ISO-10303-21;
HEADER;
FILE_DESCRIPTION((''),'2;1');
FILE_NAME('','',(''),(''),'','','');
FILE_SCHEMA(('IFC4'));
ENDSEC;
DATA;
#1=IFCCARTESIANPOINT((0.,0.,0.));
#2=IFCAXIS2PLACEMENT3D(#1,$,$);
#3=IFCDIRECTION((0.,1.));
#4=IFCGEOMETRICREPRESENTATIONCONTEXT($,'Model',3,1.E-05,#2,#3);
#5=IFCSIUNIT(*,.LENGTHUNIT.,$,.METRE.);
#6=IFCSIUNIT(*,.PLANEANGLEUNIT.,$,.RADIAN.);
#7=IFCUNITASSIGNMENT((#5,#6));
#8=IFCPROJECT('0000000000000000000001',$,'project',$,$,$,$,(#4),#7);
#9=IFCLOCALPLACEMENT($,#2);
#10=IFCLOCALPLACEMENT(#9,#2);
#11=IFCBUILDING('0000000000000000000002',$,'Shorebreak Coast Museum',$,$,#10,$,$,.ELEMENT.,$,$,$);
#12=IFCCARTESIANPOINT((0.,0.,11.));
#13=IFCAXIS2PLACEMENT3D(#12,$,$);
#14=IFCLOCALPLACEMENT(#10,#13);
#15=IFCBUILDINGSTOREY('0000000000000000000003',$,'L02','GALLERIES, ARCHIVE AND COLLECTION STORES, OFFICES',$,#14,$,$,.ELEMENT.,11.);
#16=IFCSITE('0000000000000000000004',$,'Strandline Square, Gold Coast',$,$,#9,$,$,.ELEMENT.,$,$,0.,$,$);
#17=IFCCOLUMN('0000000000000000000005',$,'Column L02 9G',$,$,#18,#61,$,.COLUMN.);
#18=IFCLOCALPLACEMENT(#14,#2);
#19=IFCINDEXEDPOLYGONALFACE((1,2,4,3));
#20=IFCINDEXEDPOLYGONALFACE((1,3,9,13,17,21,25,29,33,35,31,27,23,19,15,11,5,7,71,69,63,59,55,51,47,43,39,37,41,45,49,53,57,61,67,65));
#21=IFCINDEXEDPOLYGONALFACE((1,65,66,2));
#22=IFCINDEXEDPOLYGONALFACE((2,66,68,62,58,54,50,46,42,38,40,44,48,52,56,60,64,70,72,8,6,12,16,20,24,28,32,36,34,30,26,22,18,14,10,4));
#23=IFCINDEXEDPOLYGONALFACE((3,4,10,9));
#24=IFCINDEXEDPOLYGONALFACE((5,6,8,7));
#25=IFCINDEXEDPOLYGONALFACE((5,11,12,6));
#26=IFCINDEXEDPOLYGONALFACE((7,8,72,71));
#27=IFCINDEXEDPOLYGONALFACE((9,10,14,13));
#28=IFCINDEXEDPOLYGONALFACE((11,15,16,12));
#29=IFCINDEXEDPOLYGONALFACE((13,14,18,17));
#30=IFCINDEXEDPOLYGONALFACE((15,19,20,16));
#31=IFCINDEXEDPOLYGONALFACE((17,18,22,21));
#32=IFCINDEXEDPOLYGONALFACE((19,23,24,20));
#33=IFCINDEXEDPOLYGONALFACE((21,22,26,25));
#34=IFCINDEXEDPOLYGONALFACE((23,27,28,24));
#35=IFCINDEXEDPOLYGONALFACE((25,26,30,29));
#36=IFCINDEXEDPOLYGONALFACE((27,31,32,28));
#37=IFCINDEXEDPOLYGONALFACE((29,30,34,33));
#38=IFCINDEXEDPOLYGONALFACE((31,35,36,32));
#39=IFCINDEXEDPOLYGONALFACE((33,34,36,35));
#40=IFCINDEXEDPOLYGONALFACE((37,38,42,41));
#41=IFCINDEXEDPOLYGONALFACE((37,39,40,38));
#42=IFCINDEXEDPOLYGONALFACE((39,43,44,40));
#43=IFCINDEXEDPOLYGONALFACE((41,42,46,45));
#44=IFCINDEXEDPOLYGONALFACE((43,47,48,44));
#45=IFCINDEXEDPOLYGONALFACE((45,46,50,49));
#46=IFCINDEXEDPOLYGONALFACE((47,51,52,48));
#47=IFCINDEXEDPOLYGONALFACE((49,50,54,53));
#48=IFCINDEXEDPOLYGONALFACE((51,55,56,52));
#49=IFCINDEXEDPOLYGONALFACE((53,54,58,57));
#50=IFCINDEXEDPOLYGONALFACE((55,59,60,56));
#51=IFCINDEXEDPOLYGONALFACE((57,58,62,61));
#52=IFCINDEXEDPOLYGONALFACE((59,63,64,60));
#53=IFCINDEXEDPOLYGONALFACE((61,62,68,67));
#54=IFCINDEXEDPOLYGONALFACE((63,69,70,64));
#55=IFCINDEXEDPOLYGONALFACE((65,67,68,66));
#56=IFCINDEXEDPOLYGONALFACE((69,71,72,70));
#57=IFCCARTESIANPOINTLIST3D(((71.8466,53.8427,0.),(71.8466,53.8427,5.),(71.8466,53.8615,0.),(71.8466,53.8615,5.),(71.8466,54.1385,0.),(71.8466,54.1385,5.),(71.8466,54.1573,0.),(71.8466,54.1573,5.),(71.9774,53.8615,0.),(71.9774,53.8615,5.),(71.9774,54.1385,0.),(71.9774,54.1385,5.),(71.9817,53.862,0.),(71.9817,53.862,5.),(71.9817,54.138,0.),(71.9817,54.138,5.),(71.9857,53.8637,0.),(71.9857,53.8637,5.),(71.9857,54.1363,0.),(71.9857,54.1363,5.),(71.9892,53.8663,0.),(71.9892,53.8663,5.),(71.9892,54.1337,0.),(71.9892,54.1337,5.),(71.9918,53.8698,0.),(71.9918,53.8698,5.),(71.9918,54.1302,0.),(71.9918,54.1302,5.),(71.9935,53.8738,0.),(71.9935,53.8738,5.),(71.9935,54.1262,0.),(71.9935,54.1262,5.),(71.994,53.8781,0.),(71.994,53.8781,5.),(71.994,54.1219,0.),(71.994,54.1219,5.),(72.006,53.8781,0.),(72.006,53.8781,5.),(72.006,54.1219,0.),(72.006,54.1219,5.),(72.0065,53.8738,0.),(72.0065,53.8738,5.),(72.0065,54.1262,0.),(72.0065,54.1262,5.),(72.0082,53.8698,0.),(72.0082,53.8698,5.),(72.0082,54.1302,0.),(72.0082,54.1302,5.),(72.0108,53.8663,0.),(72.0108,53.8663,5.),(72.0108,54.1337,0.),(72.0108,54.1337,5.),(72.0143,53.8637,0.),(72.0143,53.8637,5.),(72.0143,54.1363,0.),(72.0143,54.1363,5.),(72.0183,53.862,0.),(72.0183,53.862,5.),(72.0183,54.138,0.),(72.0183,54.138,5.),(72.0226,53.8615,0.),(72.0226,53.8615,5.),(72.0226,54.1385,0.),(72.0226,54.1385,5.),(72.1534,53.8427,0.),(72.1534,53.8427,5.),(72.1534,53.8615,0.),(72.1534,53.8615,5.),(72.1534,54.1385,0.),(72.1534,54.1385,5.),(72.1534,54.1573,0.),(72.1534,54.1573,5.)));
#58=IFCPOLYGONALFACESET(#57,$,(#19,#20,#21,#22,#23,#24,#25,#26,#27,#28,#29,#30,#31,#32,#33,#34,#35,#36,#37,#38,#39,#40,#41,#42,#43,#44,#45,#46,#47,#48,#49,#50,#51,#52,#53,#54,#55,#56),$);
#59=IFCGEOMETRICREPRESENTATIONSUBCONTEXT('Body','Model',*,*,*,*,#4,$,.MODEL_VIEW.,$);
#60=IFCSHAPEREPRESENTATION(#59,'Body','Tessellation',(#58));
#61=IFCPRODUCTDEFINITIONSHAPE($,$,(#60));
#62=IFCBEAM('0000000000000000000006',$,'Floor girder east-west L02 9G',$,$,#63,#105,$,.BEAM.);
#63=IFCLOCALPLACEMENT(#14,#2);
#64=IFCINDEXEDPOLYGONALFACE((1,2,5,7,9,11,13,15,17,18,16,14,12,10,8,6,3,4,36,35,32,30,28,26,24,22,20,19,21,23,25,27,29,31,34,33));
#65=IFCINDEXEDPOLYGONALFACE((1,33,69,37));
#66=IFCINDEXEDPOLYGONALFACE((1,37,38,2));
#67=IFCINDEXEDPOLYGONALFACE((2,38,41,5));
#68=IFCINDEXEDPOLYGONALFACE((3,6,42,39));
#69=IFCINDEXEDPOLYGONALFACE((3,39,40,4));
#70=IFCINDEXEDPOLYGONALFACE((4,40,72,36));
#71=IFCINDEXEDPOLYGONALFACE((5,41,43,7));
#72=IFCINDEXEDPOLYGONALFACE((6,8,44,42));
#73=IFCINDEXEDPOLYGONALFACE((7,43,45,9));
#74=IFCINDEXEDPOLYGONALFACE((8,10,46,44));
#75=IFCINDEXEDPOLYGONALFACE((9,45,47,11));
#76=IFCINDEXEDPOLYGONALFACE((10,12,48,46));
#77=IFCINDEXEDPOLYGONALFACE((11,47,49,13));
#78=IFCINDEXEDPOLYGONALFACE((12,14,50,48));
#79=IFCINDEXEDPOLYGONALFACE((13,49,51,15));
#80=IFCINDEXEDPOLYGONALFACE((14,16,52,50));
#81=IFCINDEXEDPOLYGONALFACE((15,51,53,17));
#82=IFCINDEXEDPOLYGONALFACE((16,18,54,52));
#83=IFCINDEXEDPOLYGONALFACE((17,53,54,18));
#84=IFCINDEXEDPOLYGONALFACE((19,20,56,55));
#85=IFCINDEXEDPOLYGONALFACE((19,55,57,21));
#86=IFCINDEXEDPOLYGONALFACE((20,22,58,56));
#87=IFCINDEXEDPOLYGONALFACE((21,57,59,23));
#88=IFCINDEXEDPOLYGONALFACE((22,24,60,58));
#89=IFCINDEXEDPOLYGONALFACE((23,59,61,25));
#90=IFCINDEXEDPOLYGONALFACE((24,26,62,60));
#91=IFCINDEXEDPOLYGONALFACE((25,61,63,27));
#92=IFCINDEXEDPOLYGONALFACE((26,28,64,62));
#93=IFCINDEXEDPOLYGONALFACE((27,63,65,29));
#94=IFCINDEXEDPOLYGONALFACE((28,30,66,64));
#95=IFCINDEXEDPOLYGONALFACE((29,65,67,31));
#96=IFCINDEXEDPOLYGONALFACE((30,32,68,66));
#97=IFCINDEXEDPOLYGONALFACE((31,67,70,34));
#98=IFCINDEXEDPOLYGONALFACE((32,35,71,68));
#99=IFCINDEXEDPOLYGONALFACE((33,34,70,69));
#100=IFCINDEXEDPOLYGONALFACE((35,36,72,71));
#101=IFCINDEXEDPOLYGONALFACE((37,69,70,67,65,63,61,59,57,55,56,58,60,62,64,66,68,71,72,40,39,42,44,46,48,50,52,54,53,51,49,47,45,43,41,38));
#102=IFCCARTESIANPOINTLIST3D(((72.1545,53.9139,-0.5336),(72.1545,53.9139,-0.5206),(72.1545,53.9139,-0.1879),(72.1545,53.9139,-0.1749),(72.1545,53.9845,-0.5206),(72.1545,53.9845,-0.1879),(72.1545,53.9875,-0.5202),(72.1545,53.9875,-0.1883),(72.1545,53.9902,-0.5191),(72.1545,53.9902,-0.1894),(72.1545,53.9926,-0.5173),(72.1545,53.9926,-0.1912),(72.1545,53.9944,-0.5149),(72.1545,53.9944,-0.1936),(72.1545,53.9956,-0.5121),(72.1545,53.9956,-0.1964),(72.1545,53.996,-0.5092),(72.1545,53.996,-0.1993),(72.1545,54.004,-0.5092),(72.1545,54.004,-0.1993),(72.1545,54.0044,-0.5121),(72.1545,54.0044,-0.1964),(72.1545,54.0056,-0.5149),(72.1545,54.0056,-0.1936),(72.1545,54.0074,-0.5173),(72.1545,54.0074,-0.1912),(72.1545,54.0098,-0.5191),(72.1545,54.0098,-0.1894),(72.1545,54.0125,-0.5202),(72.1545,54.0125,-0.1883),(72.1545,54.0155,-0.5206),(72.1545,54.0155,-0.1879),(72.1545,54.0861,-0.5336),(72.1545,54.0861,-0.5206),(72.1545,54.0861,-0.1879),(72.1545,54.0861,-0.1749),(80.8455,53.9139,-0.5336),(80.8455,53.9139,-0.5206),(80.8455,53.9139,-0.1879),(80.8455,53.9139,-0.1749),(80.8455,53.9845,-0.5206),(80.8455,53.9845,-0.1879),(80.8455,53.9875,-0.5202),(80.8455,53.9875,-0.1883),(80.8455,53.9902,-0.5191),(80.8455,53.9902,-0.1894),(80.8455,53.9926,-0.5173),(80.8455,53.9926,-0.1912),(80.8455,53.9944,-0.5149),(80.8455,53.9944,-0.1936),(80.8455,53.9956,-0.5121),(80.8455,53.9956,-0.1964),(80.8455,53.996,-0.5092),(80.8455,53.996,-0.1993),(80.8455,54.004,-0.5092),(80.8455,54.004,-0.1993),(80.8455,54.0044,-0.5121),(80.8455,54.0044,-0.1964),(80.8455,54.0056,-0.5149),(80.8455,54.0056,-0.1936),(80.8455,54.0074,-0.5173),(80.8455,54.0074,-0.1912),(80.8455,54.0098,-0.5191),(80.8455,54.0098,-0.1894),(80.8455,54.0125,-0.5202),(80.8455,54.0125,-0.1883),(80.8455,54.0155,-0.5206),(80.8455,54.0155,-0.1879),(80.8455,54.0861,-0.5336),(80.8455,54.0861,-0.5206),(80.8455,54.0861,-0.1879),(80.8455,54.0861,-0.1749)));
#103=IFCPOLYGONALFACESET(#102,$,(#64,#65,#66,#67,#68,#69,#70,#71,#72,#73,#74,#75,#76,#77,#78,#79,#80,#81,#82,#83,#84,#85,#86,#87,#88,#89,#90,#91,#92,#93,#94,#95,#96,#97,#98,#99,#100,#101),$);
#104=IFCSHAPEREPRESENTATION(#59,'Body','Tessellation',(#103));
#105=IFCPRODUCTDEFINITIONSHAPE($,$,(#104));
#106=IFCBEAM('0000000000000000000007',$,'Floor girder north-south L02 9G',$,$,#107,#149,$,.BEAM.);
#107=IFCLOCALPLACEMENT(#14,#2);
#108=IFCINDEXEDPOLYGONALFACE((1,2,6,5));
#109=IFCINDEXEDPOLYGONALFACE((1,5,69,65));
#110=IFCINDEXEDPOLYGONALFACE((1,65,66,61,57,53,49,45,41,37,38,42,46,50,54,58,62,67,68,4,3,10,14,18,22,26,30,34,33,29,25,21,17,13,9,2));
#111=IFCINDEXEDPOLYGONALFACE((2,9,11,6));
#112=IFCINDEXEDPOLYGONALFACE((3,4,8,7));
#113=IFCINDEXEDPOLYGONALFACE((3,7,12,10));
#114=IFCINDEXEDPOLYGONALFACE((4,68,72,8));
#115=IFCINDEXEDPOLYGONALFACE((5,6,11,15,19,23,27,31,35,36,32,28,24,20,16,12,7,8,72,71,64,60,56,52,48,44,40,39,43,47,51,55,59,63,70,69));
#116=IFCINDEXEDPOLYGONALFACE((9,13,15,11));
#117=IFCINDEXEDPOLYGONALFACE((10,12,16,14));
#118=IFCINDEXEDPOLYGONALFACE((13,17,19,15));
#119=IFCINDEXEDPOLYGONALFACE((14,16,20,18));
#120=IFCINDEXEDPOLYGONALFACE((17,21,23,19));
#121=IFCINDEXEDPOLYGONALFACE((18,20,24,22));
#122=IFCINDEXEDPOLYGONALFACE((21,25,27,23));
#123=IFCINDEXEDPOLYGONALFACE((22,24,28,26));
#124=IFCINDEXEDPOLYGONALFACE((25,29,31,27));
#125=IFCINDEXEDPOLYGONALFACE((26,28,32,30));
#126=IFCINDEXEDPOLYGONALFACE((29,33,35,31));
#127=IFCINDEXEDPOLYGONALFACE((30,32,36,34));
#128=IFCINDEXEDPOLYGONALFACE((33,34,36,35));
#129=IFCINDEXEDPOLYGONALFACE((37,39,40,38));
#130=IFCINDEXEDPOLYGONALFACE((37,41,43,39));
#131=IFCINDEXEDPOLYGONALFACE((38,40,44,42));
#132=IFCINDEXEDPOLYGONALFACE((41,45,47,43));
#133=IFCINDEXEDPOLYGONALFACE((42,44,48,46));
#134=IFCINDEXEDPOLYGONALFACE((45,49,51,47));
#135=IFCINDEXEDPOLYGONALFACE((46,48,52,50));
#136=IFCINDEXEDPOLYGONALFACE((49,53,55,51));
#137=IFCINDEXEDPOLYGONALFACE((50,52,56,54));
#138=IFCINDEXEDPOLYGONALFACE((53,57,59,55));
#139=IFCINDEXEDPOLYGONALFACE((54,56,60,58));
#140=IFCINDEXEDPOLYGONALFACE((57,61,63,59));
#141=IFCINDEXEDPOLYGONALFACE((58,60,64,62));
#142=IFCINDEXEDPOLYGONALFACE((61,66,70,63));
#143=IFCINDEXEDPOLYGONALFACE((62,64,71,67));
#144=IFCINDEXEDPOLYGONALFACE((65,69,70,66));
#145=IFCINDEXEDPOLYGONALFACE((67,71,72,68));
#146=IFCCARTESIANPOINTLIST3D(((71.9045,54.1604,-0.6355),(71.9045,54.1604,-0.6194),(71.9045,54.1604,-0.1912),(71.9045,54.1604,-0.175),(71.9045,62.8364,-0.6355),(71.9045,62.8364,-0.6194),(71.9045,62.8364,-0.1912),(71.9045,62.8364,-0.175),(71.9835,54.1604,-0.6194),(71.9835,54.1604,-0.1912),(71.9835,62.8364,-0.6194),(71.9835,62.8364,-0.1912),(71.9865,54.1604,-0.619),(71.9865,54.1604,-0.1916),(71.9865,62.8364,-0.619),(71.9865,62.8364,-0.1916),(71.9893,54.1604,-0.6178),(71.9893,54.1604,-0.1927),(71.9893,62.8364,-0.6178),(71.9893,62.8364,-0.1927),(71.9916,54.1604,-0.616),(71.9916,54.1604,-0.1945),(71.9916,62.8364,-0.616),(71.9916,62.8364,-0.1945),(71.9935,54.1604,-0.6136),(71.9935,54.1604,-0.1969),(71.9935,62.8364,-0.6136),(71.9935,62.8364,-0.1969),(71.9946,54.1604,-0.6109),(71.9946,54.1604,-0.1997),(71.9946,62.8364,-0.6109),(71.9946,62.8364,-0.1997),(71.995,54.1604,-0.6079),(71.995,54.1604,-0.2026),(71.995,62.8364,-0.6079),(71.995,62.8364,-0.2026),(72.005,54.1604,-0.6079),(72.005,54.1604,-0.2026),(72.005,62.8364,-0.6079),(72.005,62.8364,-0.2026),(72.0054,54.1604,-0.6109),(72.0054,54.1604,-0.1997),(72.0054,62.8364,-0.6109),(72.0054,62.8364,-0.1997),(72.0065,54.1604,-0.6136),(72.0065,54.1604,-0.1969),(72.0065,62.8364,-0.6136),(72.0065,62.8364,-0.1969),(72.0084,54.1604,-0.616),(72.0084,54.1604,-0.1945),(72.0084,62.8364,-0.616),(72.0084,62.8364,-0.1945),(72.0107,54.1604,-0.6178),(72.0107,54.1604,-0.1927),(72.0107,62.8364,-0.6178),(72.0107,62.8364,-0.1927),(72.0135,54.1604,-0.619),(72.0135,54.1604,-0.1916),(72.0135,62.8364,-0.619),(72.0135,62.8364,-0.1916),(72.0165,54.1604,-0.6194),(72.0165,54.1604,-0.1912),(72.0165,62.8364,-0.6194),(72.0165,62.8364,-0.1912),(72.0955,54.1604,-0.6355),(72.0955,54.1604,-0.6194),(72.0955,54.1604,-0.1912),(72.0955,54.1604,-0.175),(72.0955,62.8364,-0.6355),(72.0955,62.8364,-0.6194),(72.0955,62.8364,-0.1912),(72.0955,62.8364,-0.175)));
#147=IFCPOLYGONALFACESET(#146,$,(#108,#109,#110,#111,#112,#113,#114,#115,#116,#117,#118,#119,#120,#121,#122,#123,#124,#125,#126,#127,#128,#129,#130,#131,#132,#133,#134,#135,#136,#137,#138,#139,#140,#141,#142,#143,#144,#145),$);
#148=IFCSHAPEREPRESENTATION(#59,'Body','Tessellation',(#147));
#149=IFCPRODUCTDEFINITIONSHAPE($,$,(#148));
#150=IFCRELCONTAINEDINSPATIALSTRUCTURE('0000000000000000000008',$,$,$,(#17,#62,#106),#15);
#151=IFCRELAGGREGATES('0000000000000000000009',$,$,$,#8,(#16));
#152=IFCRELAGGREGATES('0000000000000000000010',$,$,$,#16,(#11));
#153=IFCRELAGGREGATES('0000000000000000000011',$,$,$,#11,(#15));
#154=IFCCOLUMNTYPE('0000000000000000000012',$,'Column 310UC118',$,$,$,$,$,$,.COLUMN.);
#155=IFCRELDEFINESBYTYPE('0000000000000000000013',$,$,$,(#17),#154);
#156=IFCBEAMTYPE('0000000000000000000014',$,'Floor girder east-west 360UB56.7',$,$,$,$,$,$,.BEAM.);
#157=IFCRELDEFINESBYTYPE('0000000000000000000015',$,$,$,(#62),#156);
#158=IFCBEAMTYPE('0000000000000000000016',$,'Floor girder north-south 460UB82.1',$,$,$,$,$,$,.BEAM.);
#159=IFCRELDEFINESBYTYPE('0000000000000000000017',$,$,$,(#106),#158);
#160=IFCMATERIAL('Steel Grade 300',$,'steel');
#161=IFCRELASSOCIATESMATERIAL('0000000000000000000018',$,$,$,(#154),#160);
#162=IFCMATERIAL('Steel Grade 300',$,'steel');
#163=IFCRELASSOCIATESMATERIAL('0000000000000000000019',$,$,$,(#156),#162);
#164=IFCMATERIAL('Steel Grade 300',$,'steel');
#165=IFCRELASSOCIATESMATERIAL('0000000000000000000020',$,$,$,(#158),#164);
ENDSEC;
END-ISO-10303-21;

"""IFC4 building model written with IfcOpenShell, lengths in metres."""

from ifc_helpers import new_model, si_unit, direction, frame, origin, origin_2d, place, context, subcontext, project, spatial, i_section, extrude, material, material_profile, profile_set, type_object, element, save


model = new_model("IFC4")

# Units and contexts
model_context = context("Model", 3, precision=1e-05, world=origin(), true_north=direction((0.0, 1.0)))
body_context = subcontext(model_context, "Body", "Model", "MODEL_VIEW")
ifc_project = project(units=[si_unit("LENGTHUNIT", "METRE"), si_unit("PLANEANGLEUNIT", "RADIAN")], contexts=[model_context])

# Site, building, storey
site_placement = place(None, origin())
site = spatial("IfcSite", under=ifc_project, at=site_placement, Name="Strandline Square, Gold Coast", CompositionType="ELEMENT", RefElevation=0.0)
building_placement = place(site_placement, origin())
building = spatial("IfcBuilding", under=site, at=building_placement, Name="Shorebreak Coast Museum", CompositionType="ELEMENT")
storey_placement = place(building_placement, frame((0.0, 0.0, 11.0)))
storey = spatial("IfcBuildingStorey", under=building, at=storey_placement, Name="L02", Description="GALLERIES, ARCHIVE AND COLLECTION STORES, OFFICES", CompositionType="ELEMENT", Elevation=11.0)

# Column
ifc_material_1 = material(Name="Steel Grade 300", Category="steel")
ifc_material_profile_1 = material_profile(ifc_material_1, i_section(OverallWidth=0.3069, OverallDepth=0.3147, WebThickness=0.012, FlangeThickness=0.0188, FilletRadius=0.0166, at=origin_2d()), Name="310UC118")
ifc_profile_set_1 = profile_set([ifc_material_profile_1], Name="Steel Grade 300")
column_type = type_object("IfcColumnType", Name="Column 310UC118", PredefinedType="COLUMN", material=ifc_profile_set_1)
column_placement = place(storey_placement, frame((72.0, 54.0, 0.0), z_axis=(0.0, 0.0, 1.0), x_axis=(1.0, 0.0, 0.0)))
element("IfcColumn", 1, at=column_placement, inside=storey, type_object=column_type, Name="Column L02 9G", PredefinedType="COLUMN", context=body_context, shape_type="SweptSolid", body=[
    extrude(i_section(OverallWidth=0.3069, OverallDepth=0.3147, WebThickness=0.012, FlangeThickness=0.0188, FilletRadius=0.0166, at=origin_2d()), origin(), (0.0, 0.0, 1.0), 5.0),
])

# Beams
ifc_material_2 = material(Name="Steel Grade 300", Category="steel")
ifc_material_profile_2 = material_profile(ifc_material_2, i_section(OverallWidth=0.1721, OverallDepth=0.3586, WebThickness=0.0081, FlangeThickness=0.0129, FilletRadius=0.0115, at=origin_2d()), Name="360UB56.7")
ifc_profile_set_2 = profile_set([ifc_material_profile_2], Name="Steel Grade 300")
beam_type_1 = type_object("IfcBeamType", Name="Floor girder east-west 360UB56.7", PredefinedType="BEAM", material=ifc_profile_set_2)
beam_1_placement = place(storey_placement, frame((72.1545, 54.0, -0.3542), z_axis=(1.0, 0.0, 0.0), x_axis=(0.0, 1.0, 0.0)))
element("IfcBeam", 2, at=beam_1_placement, inside=storey, type_object=beam_type_1, Name="Floor girder east-west L02 9G", PredefinedType="BEAM", context=body_context, shape_type="SweptSolid", body=[
    extrude(i_section(OverallWidth=0.1721, OverallDepth=0.3586, WebThickness=0.0081, FlangeThickness=0.0129, FilletRadius=0.0115, at=origin_2d()), origin(), (0.0, 0.0, 1.0), 8.6909),
])
ifc_material_3 = material(Name="Steel Grade 300", Category="steel")
ifc_material_profile_3 = material_profile(ifc_material_3, i_section(OverallWidth=0.1909, OverallDepth=0.4604, WebThickness=0.01, FlangeThickness=0.0161, FilletRadius=0.0115, at=origin_2d()), Name="460UB82.1")
ifc_profile_set_3 = profile_set([ifc_material_profile_3], Name="Steel Grade 300")
beam_type_2 = type_object("IfcBeamType", Name="Floor girder north-south 460UB82.1", PredefinedType="BEAM", material=ifc_profile_set_3)
beam_2_placement = place(storey_placement, frame((72.0, 54.1604, -0.4053), z_axis=(0.0, 1.0, 0.0), x_axis=(-1.0, 0.0, 0.0)))
element("IfcBeam", 3, at=beam_2_placement, inside=storey, type_object=beam_type_2, Name="Floor girder north-south L02 9G", PredefinedType="BEAM", context=body_context, shape_type="SweptSolid", body=[
    extrude(i_section(OverallWidth=0.1909, OverallDepth=0.4604, WebThickness=0.01, FlangeThickness=0.0161, FilletRadius=0.0115, at=origin_2d()), origin(), (0.0, 0.0, 1.0), 8.676),
])

save(model, "model.ifc")
